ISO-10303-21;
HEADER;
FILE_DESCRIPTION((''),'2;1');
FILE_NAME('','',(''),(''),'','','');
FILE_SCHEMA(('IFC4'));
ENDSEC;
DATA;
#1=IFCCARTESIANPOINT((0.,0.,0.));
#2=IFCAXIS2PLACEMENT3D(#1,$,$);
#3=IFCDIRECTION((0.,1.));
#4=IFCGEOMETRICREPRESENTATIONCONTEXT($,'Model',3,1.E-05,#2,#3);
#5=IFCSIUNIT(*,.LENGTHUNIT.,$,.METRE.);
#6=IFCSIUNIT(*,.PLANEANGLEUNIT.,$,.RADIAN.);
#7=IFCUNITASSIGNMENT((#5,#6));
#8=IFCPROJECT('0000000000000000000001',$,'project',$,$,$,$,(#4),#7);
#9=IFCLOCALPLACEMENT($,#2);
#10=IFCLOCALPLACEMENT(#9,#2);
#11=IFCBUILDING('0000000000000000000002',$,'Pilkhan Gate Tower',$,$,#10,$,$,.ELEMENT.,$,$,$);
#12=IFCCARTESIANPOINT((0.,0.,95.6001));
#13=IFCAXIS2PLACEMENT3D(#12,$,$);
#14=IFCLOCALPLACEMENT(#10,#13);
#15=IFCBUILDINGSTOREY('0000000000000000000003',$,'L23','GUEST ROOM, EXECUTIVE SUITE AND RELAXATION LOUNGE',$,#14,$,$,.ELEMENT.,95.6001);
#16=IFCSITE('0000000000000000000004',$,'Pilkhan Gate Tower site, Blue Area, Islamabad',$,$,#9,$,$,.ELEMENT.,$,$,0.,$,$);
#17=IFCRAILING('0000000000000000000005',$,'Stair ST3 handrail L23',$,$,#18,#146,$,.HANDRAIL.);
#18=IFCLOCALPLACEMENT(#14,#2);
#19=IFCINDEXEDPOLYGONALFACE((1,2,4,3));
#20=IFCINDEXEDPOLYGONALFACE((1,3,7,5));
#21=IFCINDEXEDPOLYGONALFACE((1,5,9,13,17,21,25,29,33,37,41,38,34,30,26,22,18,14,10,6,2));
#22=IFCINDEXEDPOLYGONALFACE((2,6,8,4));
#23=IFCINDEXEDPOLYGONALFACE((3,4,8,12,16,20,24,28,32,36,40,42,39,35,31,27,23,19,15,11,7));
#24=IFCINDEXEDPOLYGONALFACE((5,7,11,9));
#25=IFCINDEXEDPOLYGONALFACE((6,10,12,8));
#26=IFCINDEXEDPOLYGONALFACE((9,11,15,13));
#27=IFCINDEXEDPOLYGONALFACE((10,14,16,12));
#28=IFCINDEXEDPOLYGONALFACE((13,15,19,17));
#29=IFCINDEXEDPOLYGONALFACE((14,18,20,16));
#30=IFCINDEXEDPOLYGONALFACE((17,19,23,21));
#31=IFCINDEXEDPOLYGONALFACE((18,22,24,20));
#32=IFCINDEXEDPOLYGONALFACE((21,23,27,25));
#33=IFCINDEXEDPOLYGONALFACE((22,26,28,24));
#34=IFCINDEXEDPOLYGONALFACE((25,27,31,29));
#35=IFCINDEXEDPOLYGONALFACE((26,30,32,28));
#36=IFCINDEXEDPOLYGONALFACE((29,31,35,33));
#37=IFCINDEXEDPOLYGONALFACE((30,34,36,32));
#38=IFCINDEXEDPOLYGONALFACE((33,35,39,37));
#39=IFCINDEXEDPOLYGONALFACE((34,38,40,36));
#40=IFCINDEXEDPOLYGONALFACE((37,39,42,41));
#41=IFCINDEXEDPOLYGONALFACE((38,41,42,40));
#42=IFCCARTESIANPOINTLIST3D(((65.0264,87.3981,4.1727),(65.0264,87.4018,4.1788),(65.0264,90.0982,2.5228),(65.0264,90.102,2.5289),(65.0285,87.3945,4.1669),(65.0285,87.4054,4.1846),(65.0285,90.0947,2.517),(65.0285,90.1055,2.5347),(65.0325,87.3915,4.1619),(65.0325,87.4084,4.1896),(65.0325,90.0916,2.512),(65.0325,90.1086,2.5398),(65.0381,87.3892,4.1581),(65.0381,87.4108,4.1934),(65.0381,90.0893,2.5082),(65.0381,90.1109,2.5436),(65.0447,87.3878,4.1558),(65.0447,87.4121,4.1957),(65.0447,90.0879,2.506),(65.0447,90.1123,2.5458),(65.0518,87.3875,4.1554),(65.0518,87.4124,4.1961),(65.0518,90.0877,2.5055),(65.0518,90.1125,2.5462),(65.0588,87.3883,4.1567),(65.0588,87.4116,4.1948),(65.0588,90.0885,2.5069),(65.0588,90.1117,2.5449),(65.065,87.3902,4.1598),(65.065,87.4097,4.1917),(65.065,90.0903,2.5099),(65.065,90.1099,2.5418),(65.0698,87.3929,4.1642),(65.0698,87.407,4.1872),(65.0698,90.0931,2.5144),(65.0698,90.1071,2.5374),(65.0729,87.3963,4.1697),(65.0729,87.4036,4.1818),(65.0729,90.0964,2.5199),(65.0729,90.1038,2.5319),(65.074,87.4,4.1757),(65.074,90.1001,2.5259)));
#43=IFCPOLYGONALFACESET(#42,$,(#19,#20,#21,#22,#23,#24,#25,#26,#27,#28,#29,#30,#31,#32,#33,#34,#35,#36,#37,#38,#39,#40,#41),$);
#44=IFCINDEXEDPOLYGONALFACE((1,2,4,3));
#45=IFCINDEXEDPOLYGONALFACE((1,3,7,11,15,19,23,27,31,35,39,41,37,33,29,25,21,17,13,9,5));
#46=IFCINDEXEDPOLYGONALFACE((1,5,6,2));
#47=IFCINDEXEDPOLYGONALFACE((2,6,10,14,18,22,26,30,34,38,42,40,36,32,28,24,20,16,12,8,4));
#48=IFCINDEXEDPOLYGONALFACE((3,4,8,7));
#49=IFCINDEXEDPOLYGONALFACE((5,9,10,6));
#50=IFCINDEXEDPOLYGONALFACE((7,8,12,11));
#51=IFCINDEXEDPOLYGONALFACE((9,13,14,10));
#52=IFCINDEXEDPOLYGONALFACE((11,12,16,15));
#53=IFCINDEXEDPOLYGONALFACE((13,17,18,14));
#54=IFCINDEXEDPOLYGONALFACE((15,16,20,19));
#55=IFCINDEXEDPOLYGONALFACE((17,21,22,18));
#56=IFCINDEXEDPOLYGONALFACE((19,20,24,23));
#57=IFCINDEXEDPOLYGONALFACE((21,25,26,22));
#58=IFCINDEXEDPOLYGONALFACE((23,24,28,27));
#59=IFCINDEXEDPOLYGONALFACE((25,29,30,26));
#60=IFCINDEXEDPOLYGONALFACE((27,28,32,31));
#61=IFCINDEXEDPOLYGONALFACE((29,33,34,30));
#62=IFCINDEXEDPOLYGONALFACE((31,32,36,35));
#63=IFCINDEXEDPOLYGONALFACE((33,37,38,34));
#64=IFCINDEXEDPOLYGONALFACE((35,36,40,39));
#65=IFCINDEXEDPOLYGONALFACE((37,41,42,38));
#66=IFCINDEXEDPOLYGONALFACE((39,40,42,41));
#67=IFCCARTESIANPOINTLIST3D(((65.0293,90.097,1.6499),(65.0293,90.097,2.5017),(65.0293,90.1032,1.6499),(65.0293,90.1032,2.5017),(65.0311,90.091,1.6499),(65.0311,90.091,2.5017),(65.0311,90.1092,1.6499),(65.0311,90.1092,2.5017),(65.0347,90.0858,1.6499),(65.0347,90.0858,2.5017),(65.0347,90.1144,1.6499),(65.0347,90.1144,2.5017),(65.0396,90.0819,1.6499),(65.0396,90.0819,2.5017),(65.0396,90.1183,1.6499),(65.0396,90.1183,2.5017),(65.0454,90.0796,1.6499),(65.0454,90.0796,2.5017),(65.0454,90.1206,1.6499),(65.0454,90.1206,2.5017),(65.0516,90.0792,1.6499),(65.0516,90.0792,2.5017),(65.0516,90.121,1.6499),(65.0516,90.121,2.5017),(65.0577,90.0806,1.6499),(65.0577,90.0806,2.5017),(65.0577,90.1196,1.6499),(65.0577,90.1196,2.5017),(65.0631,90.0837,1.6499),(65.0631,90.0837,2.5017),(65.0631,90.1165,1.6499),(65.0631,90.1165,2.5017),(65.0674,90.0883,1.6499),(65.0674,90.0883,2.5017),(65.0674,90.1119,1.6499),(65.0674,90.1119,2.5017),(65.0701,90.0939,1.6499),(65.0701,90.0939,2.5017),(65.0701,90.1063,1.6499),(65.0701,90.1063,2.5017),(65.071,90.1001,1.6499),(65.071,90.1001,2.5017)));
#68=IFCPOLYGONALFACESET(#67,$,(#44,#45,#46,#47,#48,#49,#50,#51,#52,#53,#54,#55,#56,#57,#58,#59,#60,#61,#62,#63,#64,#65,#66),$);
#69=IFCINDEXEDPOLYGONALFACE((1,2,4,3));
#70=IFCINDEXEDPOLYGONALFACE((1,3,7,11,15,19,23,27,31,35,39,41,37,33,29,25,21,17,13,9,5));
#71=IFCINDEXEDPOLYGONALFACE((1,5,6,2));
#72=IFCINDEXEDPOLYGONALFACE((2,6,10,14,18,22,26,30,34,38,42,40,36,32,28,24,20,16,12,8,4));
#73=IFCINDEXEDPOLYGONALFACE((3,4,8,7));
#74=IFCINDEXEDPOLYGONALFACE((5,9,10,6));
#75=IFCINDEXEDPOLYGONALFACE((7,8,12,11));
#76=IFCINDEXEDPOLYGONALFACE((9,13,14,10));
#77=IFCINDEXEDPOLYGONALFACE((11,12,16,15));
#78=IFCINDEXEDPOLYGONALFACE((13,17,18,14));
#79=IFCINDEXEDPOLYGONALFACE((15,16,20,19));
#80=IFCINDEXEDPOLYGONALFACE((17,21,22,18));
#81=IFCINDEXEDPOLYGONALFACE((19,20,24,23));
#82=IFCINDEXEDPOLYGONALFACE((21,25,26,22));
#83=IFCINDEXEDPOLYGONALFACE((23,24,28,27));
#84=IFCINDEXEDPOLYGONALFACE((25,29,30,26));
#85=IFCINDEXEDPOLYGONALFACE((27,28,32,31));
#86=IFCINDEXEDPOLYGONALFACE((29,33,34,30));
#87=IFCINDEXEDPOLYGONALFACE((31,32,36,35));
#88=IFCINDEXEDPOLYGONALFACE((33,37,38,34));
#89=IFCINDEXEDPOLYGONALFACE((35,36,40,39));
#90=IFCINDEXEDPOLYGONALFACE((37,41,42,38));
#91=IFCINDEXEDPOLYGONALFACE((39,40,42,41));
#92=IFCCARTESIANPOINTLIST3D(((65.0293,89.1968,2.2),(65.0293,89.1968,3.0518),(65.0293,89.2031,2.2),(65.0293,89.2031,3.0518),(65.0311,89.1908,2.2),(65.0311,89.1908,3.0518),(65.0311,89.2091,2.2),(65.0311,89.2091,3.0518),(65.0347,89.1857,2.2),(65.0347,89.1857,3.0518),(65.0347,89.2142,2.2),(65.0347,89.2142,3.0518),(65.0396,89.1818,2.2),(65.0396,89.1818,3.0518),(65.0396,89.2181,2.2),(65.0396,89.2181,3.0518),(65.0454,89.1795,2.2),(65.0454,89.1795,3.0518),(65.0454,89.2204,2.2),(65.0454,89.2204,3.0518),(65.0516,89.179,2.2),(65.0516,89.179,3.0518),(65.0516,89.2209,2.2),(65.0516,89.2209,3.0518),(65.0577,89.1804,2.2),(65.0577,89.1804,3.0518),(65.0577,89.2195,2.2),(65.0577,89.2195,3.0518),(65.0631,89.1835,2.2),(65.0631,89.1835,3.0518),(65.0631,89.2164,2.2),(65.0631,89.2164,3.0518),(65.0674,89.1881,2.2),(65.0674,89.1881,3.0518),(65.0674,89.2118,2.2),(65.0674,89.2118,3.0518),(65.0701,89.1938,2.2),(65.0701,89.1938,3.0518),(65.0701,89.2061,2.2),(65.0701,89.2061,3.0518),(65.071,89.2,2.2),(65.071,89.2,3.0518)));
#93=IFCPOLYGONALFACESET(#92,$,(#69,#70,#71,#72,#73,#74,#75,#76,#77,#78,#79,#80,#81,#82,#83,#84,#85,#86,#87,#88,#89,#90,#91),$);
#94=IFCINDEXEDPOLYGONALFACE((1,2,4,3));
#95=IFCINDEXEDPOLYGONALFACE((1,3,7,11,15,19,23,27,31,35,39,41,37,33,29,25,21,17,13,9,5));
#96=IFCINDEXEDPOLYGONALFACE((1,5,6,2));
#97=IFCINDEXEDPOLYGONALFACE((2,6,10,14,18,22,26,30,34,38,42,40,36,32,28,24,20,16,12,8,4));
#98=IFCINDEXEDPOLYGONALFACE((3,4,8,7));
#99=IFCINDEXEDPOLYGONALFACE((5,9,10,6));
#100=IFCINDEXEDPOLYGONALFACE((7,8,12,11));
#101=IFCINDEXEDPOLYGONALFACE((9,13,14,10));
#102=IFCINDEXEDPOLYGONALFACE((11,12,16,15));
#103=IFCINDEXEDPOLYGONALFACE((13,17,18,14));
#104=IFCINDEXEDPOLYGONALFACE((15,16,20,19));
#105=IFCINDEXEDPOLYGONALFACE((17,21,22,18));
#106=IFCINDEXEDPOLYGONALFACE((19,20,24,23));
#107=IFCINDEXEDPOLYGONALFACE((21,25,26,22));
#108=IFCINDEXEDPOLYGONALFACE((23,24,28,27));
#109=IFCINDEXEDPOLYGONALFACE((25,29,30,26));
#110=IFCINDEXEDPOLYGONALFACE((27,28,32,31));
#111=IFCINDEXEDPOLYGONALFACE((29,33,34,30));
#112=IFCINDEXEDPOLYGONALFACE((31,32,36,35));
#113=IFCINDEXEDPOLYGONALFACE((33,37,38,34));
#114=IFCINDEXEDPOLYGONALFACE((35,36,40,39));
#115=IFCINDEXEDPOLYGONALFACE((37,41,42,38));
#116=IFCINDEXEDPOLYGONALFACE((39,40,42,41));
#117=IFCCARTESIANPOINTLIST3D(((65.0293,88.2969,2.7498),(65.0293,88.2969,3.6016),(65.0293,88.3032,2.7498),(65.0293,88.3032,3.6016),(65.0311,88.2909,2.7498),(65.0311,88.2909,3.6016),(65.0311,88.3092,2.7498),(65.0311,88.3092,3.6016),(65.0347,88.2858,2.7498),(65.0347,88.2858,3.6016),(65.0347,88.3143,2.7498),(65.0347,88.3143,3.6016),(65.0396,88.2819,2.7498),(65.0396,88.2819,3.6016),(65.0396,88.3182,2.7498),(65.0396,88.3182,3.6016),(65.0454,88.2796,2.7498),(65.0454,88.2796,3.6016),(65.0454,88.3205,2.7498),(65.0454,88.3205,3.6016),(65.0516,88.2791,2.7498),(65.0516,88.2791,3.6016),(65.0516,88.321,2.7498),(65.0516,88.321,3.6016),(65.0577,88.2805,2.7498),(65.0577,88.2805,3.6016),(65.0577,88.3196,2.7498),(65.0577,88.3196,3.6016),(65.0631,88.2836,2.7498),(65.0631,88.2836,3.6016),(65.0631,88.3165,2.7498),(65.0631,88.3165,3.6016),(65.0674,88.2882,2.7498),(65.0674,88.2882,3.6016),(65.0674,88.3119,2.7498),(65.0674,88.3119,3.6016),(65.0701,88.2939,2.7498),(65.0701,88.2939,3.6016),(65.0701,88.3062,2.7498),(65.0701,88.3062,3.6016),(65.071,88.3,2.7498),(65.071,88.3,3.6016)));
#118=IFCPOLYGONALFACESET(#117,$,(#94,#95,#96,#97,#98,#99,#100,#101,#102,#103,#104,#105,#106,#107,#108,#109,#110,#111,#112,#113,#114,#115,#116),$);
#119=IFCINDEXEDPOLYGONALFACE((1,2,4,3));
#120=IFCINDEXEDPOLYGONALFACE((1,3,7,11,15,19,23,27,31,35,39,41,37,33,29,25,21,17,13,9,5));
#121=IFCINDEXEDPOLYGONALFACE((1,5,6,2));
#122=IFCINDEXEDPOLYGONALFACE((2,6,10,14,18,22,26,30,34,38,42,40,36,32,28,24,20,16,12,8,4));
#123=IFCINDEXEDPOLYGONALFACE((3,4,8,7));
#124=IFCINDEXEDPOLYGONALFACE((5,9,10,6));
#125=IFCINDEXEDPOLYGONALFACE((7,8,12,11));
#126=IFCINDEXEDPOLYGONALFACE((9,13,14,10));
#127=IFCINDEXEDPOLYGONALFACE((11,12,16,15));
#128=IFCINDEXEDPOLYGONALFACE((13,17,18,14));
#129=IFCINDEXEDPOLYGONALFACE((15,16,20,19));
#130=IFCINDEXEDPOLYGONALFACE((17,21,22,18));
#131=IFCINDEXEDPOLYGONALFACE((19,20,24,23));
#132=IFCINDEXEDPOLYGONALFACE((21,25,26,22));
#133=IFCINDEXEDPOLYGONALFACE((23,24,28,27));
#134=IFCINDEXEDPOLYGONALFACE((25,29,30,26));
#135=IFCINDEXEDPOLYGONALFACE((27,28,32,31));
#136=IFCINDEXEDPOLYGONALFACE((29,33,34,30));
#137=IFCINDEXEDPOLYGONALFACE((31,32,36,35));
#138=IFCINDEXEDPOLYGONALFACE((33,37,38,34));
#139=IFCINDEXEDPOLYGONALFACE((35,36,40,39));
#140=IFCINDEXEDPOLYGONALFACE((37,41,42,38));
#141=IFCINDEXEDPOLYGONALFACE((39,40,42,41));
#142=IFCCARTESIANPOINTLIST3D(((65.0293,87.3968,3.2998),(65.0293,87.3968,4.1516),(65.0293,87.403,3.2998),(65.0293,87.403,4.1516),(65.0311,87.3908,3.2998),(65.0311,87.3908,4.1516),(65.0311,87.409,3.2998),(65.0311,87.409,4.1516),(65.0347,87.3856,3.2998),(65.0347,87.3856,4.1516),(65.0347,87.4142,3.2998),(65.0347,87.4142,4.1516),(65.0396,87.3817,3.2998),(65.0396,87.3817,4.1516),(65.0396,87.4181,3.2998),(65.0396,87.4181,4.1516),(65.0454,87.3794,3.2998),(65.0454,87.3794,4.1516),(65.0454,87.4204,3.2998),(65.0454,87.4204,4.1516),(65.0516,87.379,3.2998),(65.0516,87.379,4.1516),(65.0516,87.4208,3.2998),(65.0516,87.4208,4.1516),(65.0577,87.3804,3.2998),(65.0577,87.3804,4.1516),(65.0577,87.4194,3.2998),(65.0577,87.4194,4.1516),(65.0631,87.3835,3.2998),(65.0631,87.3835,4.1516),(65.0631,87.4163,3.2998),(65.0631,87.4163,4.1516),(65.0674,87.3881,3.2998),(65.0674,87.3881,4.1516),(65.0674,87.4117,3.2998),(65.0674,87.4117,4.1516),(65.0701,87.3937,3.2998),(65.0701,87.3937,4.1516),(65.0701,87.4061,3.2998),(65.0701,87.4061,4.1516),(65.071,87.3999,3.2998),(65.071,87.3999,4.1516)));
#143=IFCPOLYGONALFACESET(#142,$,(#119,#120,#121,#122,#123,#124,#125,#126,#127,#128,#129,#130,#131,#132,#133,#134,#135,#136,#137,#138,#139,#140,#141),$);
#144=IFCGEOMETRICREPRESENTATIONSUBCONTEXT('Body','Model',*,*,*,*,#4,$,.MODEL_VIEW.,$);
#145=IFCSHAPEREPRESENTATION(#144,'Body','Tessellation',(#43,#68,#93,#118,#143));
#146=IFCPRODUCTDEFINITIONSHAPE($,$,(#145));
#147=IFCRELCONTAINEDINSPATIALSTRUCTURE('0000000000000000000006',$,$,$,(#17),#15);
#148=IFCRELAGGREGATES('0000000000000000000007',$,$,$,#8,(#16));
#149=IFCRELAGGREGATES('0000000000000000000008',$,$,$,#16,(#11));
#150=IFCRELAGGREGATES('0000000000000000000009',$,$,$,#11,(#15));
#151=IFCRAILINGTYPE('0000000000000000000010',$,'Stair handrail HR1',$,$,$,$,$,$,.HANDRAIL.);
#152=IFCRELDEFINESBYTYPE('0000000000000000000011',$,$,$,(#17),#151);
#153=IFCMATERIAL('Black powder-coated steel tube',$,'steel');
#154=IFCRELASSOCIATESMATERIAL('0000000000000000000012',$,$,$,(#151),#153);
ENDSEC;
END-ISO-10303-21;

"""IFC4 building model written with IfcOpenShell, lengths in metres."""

from ifc_helpers import new_model, si_unit, direction, frame, origin, origin_2d, place, context, subcontext, project, spatial, circle, extrude, material, type_object, element, save


model = new_model("IFC4")

# Units and contexts
model_context = context("Model", 3, precision=1e-05, world=origin(), true_north=direction((0.0, 1.0)))
body_context = subcontext(model_context, "Body", "Model", "MODEL_VIEW")
ifc_project = project(units=[si_unit("LENGTHUNIT", "METRE"), si_unit("PLANEANGLEUNIT", "RADIAN")], contexts=[model_context])

# Site, building, storey
site_placement = place(None, origin())
site = spatial("IfcSite", under=ifc_project, at=site_placement, Name="Pilkhan Gate Tower site, Blue Area, Islamabad", CompositionType="ELEMENT", RefElevation=0.0)
building_placement = place(site_placement, origin())
building = spatial("IfcBuilding", under=site, at=building_placement, Name="Pilkhan Gate Tower", CompositionType="ELEMENT")
storey_placement = place(building_placement, frame((0.0, 0.0, 95.6001)))
storey = spatial("IfcBuildingStorey", under=building, at=storey_placement, Name="L23", Description="GUEST ROOM, EXECUTIVE SUITE AND RELAXATION LOUNGE", CompositionType="ELEMENT", Elevation=95.6001)

# Railing
ifc_material_1 = material(Name="Black powder-coated steel tube", Category="steel")
railing_type_1 = type_object("IfcRailingType", Name="Stair handrail HR1", PredefinedType="HANDRAIL", material=ifc_material_1)
railing_placement = place(storey_placement, frame((65.05, 90.1001, 1.6499)))
element("IfcRailing", 1, at=railing_placement, inside=storey, type_object=railing_type_1, Name="Stair ST3 handrail L23", PredefinedType="HANDRAIL", context=body_context, shape_type="SweptSolid", body=[
    extrude(circle(Radius=0.0239, at=origin_2d()), frame((0.0, 0.0, 0.876), z_axis=(0.0, -0.853312, 0.5214), x_axis=(1.0, 0.0, 0.0)), (0.0, 0.0, 1.0), 3.1643),
    extrude(circle(Radius=0.021, at=origin_2d()), origin(), (0.0, 0.0, 1.0), 0.8518),
    extrude(circle(Radius=0.021, at=origin_2d()), frame((0.0, -0.9001, 0.55)), (0.0, 0.0, 1.0), 0.8518),
    extrude(circle(Radius=0.021, at=origin_2d()), frame((0.0, -1.8, 1.0999)), (0.0, 0.0, 1.0), 0.8518),
    extrude(circle(Radius=0.021, at=origin_2d()), frame((0.0, -2.7002, 1.6499)), (0.0, 0.0, 1.0), 0.8518),
])

save(model, "model.ifc")
